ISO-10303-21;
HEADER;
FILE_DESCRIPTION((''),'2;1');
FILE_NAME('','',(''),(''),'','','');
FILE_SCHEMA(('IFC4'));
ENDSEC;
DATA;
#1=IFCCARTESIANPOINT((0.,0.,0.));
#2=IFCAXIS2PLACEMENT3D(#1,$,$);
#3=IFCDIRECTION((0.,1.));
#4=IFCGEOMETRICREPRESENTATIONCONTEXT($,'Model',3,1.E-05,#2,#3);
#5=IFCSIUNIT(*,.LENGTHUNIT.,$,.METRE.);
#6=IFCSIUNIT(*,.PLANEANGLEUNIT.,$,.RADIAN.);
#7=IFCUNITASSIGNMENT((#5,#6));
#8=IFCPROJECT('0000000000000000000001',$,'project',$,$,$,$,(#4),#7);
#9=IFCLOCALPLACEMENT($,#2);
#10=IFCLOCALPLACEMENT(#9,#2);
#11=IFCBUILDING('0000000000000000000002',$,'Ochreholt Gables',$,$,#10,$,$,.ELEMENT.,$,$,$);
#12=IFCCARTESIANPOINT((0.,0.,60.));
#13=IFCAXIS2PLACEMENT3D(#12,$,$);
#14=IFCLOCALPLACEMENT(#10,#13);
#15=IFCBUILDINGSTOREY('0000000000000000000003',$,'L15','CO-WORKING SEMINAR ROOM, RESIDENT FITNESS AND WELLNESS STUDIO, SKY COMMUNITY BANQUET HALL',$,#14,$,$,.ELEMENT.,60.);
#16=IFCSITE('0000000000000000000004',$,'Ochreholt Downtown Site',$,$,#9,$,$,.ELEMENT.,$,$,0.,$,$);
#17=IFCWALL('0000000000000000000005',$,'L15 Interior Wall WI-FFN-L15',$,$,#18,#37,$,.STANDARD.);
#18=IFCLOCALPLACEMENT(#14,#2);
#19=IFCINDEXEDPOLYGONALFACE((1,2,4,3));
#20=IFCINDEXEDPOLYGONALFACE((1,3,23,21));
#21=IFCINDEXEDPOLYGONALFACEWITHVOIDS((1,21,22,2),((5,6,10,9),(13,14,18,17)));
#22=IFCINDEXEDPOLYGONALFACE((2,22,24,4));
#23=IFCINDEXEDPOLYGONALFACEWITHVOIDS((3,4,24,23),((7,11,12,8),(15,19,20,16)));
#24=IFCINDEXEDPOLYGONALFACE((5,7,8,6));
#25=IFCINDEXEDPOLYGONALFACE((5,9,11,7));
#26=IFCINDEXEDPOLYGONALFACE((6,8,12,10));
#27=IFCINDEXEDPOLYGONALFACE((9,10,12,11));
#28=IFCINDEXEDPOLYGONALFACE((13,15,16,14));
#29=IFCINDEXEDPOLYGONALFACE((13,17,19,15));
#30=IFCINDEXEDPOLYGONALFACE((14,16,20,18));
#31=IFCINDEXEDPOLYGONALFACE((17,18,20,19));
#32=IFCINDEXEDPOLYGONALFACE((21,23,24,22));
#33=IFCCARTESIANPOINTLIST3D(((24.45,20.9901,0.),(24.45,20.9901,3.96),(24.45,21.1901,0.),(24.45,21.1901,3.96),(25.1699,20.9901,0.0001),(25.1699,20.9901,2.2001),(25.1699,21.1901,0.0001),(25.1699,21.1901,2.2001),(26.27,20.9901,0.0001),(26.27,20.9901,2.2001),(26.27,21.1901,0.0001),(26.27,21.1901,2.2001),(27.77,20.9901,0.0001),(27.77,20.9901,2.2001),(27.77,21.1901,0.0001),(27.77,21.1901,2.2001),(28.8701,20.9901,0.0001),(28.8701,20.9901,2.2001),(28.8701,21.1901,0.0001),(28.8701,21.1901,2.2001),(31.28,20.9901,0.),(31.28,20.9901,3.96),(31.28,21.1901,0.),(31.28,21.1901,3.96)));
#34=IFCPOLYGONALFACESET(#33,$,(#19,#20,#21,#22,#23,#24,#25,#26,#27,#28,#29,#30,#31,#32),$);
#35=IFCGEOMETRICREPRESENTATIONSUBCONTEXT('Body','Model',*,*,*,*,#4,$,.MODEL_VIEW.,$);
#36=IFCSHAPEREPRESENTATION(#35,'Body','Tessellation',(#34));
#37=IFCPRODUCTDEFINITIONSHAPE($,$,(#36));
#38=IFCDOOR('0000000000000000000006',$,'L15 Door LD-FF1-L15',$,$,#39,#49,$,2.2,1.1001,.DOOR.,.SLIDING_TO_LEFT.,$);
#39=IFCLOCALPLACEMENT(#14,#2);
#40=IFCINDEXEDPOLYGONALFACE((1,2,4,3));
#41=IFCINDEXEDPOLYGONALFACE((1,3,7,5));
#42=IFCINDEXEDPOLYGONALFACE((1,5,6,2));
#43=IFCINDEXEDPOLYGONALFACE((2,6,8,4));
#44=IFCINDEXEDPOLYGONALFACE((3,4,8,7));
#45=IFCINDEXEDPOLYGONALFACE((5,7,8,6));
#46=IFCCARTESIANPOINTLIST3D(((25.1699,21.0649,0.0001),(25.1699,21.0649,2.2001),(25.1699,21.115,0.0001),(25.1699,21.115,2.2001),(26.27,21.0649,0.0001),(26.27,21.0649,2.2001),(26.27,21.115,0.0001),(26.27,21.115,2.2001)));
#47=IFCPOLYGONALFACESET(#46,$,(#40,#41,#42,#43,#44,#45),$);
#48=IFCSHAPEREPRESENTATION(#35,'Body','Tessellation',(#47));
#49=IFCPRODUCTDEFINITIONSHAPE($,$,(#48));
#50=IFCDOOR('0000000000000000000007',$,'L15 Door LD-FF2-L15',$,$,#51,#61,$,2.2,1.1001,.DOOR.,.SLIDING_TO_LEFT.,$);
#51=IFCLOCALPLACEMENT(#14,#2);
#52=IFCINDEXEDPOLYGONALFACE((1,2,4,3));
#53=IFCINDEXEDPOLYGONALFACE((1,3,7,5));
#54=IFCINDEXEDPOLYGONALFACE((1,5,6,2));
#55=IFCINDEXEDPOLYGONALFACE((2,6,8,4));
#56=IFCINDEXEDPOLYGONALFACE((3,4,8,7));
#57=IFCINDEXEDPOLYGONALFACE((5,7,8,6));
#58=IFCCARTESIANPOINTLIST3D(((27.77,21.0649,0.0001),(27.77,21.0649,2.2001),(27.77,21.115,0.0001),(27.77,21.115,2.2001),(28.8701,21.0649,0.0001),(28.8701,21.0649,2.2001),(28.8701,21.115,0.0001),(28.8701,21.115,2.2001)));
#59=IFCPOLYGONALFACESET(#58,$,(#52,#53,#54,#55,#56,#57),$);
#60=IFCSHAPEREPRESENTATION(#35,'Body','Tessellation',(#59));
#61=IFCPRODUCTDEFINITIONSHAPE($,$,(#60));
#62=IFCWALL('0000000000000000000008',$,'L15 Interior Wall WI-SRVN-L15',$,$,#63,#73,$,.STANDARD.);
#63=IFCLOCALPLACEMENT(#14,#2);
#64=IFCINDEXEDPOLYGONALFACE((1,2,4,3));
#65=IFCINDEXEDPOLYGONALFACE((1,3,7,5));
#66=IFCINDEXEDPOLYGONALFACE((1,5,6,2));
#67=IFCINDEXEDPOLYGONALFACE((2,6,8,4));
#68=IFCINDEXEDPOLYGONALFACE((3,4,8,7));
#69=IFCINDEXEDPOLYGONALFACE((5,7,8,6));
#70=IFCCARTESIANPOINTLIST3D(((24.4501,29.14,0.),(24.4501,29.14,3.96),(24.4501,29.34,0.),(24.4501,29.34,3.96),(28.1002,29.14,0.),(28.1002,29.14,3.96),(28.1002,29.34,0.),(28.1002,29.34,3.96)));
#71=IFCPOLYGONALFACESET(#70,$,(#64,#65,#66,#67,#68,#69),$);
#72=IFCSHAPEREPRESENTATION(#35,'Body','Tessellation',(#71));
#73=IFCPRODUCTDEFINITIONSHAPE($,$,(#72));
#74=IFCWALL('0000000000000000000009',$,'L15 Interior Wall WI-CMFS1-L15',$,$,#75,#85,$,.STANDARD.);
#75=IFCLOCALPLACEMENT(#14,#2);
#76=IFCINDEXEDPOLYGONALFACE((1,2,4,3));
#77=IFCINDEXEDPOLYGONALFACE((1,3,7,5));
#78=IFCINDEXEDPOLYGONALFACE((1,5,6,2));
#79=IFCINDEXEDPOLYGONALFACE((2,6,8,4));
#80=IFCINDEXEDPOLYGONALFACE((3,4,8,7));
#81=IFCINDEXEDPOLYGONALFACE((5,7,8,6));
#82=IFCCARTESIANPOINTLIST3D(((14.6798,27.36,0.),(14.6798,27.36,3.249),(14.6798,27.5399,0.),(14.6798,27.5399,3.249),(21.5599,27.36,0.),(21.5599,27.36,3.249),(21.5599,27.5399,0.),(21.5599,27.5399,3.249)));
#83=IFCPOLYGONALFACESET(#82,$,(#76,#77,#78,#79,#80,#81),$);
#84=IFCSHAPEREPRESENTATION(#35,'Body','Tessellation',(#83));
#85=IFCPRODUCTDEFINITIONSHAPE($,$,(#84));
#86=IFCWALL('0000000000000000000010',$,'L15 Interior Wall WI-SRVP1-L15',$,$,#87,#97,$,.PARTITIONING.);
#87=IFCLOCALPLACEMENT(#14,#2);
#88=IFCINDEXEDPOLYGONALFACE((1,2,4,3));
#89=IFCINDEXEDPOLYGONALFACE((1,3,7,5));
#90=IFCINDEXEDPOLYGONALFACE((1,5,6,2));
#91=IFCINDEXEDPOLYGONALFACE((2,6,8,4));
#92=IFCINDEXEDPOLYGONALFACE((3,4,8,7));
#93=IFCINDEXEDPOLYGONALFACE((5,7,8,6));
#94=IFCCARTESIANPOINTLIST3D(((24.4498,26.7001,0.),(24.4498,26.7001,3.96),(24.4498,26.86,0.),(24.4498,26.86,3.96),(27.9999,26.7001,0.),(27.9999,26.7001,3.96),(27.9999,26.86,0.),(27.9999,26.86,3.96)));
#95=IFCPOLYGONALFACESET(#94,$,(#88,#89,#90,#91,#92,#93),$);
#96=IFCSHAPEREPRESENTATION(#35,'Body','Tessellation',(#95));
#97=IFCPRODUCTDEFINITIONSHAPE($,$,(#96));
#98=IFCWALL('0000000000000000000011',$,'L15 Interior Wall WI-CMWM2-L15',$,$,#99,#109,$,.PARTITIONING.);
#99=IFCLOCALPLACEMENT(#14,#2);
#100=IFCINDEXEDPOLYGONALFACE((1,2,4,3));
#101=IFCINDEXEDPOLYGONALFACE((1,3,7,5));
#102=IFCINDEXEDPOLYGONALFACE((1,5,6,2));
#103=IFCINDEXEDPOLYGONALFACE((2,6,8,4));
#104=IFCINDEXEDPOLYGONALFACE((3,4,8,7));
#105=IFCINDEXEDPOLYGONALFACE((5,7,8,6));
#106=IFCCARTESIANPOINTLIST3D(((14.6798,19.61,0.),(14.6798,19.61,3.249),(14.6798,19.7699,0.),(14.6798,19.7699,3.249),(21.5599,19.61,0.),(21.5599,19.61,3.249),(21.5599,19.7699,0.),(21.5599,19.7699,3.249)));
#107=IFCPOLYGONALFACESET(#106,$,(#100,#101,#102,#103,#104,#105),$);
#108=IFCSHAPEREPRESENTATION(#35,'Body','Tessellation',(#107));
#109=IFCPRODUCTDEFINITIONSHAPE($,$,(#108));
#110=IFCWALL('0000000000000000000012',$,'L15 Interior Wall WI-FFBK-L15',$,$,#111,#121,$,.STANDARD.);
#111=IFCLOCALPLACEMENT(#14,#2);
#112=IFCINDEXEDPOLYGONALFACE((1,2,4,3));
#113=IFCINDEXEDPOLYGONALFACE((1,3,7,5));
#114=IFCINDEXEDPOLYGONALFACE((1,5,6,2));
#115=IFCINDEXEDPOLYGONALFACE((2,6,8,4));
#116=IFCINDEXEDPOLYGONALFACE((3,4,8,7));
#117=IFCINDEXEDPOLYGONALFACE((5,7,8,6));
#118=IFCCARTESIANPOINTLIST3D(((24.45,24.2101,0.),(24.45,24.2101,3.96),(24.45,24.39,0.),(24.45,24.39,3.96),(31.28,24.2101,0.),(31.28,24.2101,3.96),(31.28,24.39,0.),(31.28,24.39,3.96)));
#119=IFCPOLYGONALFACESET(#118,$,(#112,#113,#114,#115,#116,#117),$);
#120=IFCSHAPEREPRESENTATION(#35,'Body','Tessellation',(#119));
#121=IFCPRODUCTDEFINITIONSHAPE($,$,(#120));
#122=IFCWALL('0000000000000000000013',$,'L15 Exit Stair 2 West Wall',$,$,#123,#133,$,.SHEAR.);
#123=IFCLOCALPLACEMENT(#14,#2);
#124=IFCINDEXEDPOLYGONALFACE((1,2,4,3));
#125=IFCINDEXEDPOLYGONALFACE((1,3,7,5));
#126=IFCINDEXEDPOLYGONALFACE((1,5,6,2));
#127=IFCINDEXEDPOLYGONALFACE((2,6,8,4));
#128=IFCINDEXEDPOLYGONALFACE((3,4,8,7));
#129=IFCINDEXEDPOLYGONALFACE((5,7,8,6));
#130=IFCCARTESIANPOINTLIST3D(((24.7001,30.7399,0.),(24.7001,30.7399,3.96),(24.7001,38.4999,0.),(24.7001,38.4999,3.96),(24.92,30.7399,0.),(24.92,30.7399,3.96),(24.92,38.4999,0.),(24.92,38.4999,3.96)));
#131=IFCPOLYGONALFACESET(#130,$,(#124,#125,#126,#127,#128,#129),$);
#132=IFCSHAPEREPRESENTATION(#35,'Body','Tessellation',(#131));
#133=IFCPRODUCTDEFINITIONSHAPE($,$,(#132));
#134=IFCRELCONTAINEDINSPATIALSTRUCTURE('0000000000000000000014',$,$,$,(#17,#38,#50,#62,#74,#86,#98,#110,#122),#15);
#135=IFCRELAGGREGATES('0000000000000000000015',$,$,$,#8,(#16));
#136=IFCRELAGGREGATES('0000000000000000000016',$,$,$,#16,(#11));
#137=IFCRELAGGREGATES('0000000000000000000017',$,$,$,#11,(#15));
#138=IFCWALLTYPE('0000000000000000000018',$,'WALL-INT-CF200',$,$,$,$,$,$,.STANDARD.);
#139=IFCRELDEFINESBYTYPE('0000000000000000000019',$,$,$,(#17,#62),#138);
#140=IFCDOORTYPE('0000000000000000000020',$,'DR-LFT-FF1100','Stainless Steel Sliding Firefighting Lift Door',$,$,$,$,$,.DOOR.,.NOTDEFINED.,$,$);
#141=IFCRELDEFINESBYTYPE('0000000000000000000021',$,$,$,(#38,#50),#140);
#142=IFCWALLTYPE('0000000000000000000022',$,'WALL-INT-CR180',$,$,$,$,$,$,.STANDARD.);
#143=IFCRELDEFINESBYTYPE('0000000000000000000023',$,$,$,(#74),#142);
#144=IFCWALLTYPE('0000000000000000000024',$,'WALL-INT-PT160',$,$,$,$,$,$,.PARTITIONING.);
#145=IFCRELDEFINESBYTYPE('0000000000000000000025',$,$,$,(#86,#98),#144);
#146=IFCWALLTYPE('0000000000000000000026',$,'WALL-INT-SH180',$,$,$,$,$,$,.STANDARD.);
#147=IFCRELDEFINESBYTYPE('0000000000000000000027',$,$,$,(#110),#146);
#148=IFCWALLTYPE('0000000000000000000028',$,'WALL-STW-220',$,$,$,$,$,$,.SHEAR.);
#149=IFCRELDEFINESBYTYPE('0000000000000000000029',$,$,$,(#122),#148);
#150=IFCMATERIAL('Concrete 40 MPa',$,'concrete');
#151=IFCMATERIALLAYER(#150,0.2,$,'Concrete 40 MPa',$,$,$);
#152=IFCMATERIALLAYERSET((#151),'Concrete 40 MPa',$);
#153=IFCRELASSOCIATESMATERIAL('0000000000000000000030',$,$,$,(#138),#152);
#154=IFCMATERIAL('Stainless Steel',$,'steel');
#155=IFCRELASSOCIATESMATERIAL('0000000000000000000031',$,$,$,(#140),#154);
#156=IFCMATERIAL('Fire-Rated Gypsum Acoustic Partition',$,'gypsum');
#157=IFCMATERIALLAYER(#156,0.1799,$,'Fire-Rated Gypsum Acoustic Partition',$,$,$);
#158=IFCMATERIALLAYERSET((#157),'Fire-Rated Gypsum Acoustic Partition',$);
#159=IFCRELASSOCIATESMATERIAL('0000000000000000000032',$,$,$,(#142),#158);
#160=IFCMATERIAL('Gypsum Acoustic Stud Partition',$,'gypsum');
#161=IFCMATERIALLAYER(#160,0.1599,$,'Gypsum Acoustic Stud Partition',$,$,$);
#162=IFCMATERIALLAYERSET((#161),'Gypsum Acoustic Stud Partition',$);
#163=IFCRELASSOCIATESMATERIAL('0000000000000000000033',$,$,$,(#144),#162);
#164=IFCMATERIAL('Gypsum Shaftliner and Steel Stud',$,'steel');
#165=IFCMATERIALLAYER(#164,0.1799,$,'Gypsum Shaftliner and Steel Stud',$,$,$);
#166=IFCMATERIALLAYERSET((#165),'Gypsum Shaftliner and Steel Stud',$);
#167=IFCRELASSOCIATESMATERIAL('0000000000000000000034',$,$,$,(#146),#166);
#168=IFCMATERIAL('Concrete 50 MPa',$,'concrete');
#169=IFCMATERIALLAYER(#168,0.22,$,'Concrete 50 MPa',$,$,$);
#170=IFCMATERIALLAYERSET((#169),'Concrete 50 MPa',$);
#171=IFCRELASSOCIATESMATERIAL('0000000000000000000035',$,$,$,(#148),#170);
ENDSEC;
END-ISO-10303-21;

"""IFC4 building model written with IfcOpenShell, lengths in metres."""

from ifc_helpers import new_model, si_unit, direction, frame, frame_2d, origin, place, context, subcontext, project, spatial, rectangle, extrude, material, layer, layer_set, type_object, element, fill, save


model = new_model("IFC4")

# Units and contexts
model_context = context("Model", 3, precision=1e-05, world=origin(), true_north=direction((0.0, 1.0)))
body_context = subcontext(model_context, "Body", "Model", "MODEL_VIEW")
ifc_project = project(units=[si_unit("LENGTHUNIT", "METRE"), si_unit("PLANEANGLEUNIT", "RADIAN")], contexts=[model_context])

# Site, building, storey
site_placement = place(None, origin())
site = spatial("IfcSite", under=ifc_project, at=site_placement, Name="Ochreholt Downtown Site", CompositionType="ELEMENT", RefElevation=0.0)
building_placement = place(site_placement, origin())
building = spatial("IfcBuilding", under=site, at=building_placement, Name="Ochreholt Gables", CompositionType="ELEMENT")
storey_placement = place(building_placement, frame((0.0, 0.0, 60.0)))
storey = spatial("IfcBuildingStorey", under=building, at=storey_placement, Name="L15", Description="CO-WORKING SEMINAR ROOM, RESIDENT FITNESS AND WELLNESS STUDIO, SKY COMMUNITY BANQUET HALL", CompositionType="ELEMENT", Elevation=60.0)

# Wall, openings, doors
ifc_material_1 = material(Name="Concrete 40 MPa", Category="concrete")
ifc_layer_1 = layer(ifc_material_1, 0.2, Name="Concrete 40 MPa")
ifc_layer_set_1 = layer_set([ifc_layer_1], Name="Concrete 40 MPa")
wall_type_1 = type_object("IfcWallType", Name="WALL-INT-CF200", PredefinedType="STANDARD", material=ifc_layer_set_1)
wall_1_placement = place(storey_placement, frame((24.45, 21.0901, 0.0), z_axis=(0.0, 0.0, 1.0), x_axis=(1.0, 0.0, 0.0)))
wall_1 = element("IfcWall", 1, at=wall_1_placement, inside=storey, type_object=wall_type_1, Name="L15 Interior Wall WI-FFN-L15", PredefinedType="STANDARD", context=body_context, shape_type="SweptSolid", body=[
    extrude(rectangle(XDim=6.8301, YDim=0.2, at=frame_2d((3.415, 0.0))), origin(), (0.0, 0.0, 1.0), 3.96),
])
opening_1_placement = place(wall_1_placement, frame((0.72, 0.0, 0.0)))
opening_1 = element("IfcOpeningElement", 2, at=opening_1_placement, cuts=wall_1, PredefinedType="OPENING", context=body_context, shape_type="SweptSolid", body=[
    extrude(rectangle(XDim=1.1001, YDim=2.2, at=frame_2d((0.55, 1.1001))), frame((0.0, 0.1099, 0.0), z_axis=(0.0, -1.0, 0.0), x_axis=(1.0, 0.0, 0.0)), (0.0, 0.0, 1.0), 0.22),
])
opening_2_placement = place(wall_1_placement, frame((3.3201, 0.0, 0.0)))
opening_2 = element("IfcOpeningElement", 3, at=opening_2_placement, cuts=wall_1, PredefinedType="OPENING", context=body_context, shape_type="SweptSolid", body=[
    extrude(rectangle(XDim=1.1001, YDim=2.2, at=frame_2d((0.55, 1.1001))), frame((0.0, 0.1099, 0.0), z_axis=(0.0, -1.0, 0.0), x_axis=(1.0, 0.0, 0.0)), (0.0, 0.0, 1.0), 0.22),
])
ifc_material_2 = material(Name="Stainless Steel", Category="steel")
door_type_1 = type_object("IfcDoorType", Name="DR-LFT-FF1100", Description="Stainless Steel Sliding Firefighting Lift Door", OperationType="NOTDEFINED", PredefinedType="DOOR", material=ifc_material_2)
door_1_placement = place(opening_1_placement, origin())
door_1 = element("IfcDoor", 4, at=door_1_placement, inside=storey, type_object=door_type_1, Name="L15 Door LD-FF1-L15", OperationType="SLIDING_TO_LEFT", OverallHeight=2.2, OverallWidth=1.1001, PredefinedType="DOOR", context=body_context, shape_type="SweptSolid", body=[
    extrude(rectangle(XDim=1.1001, YDim=2.2, at=frame_2d((0.55, 1.1001))), frame((0.0, 0.0249, 0.0), z_axis=(0.0, -1.0, 0.0), x_axis=(1.0, 0.0, 0.0)), (0.0, 0.0, 1.0), 0.05),
])
fill(opening_1, door_1)
door_2_placement = place(opening_2_placement, origin())
door_2 = element("IfcDoor", 5, at=door_2_placement, inside=storey, type_object=door_type_1, Name="L15 Door LD-FF2-L15", OperationType="SLIDING_TO_LEFT", OverallHeight=2.2, OverallWidth=1.1001, PredefinedType="DOOR", context=body_context, shape_type="SweptSolid", body=[
    extrude(rectangle(XDim=1.1001, YDim=2.2, at=frame_2d((0.55, 1.1001))), frame((0.0, 0.0249, 0.0), z_axis=(0.0, -1.0, 0.0), x_axis=(1.0, 0.0, 0.0)), (0.0, 0.0, 1.0), 0.05),
])
fill(opening_2, door_2)

# Walls
wall_2_placement = place(storey_placement, frame((24.45, 29.24, 0.0), z_axis=(0.0, 0.0, 1.0), x_axis=(1.0, 0.0, 0.0)))
element("IfcWall", 6, at=wall_2_placement, inside=storey, type_object=wall_type_1, Name="L15 Interior Wall WI-SRVN-L15", PredefinedType="STANDARD", context=body_context, shape_type="SweptSolid", body=[
    extrude(rectangle(XDim=3.6501, YDim=0.2, at=frame_2d((1.8252, 0.0))), origin(), (0.0, 0.0, 1.0), 3.96),
])
ifc_material_3 = material(Name="Fire-Rated Gypsum Acoustic Partition", Category="gypsum")
ifc_layer_2 = layer(ifc_material_3, 0.1799, Name="Fire-Rated Gypsum Acoustic Partition")
ifc_layer_set_2 = layer_set([ifc_layer_2], Name="Fire-Rated Gypsum Acoustic Partition")
wall_type_2 = type_object("IfcWallType", Name="WALL-INT-CR180", PredefinedType="STANDARD", material=ifc_layer_set_2)
wall_3_placement = place(storey_placement, frame((14.6799, 27.45, 0.0), z_axis=(0.0, 0.0, 1.0), x_axis=(1.0, 0.0, 0.0)))
element("IfcWall", 7, at=wall_3_placement, inside=storey, type_object=wall_type_2, Name="L15 Interior Wall WI-CMFS1-L15", PredefinedType="STANDARD", context=body_context, shape_type="SweptSolid", body=[
    extrude(rectangle(XDim=6.8801, YDim=0.1799, at=frame_2d((3.4399, 0.0))), origin(), (0.0, 0.0, 1.0), 3.249),
])
ifc_material_4 = material(Name="Gypsum Acoustic Stud Partition", Category="gypsum")
ifc_layer_3 = layer(ifc_material_4, 0.1599, Name="Gypsum Acoustic Stud Partition")
ifc_layer_set_3 = layer_set([ifc_layer_3], Name="Gypsum Acoustic Stud Partition")
wall_type_3 = type_object("IfcWallType", Name="WALL-INT-PT160", PredefinedType="PARTITIONING", material=ifc_layer_set_3)
wall_4_placement = place(storey_placement, frame((24.45, 26.78, 0.0), z_axis=(0.0, 0.0, 1.0), x_axis=(1.0, 0.0, 0.0)))
element("IfcWall", 8, at=wall_4_placement, inside=storey, type_object=wall_type_3, Name="L15 Interior Wall WI-SRVP1-L15", PredefinedType="PARTITIONING", context=body_context, shape_type="SweptSolid", body=[
    extrude(rectangle(XDim=3.55, YDim=0.1599, at=frame_2d((1.7749, 0.0))), origin(), (0.0, 0.0, 1.0), 3.96),
])
wall_5_placement = place(storey_placement, frame((14.6799, 19.6899, 0.0), z_axis=(0.0, 0.0, 1.0), x_axis=(1.0, 0.0, 0.0)))
element("IfcWall", 9, at=wall_5_placement, inside=storey, type_object=wall_type_3, Name="L15 Interior Wall WI-CMWM2-L15", PredefinedType="PARTITIONING", context=body_context, shape_type="SweptSolid", body=[
    extrude(rectangle(XDim=6.8801, YDim=0.1599, at=frame_2d((3.4399, 0.0))), origin(), (0.0, 0.0, 1.0), 3.249),
])
ifc_material_5 = material(Name="Gypsum Shaftliner and Steel Stud", Category="steel")
ifc_layer_4 = layer(ifc_material_5, 0.1799, Name="Gypsum Shaftliner and Steel Stud")
ifc_layer_set_4 = layer_set([ifc_layer_4], Name="Gypsum Shaftliner and Steel Stud")
wall_type_4 = type_object("IfcWallType", Name="WALL-INT-SH180", PredefinedType="STANDARD", material=ifc_layer_set_4)
wall_6_placement = place(storey_placement, frame((24.45, 24.3, 0.0), z_axis=(0.0, 0.0, 1.0), x_axis=(1.0, 0.0, 0.0)))
element("IfcWall", 10, at=wall_6_placement, inside=storey, type_object=wall_type_4, Name="L15 Interior Wall WI-FFBK-L15", PredefinedType="STANDARD", context=body_context, shape_type="SweptSolid", body=[
    extrude(rectangle(XDim=6.8301, YDim=0.1799, at=frame_2d((3.415, 0.0))), origin(), (0.0, 0.0, 1.0), 3.96),
])
ifc_material_6 = material(Name="Concrete 50 MPa", Category="concrete")
ifc_layer_5 = layer(ifc_material_6, 0.22, Name="Concrete 50 MPa")
ifc_layer_set_5 = layer_set([ifc_layer_5], Name="Concrete 50 MPa")
wall_type_5 = type_object("IfcWallType", Name="WALL-STW-220", PredefinedType="SHEAR", material=ifc_layer_set_5)
wall_7_placement = place(storey_placement, frame((24.8101, 30.74, 0.0), z_axis=(0.0, 0.0, 1.0), x_axis=(0.0, 1.0, 0.0)))
element("IfcWall", 11, at=wall_7_placement, inside=storey, type_object=wall_type_5, Name="L15 Exit Stair 2 West Wall", PredefinedType="SHEAR", context=body_context, shape_type="SweptSolid", body=[
    extrude(rectangle(XDim=7.76, YDim=0.22, at=frame_2d((3.8799, 0.0))), origin(), (0.0, 0.0, 1.0), 3.96),
])

save(model, "model.ifc")
